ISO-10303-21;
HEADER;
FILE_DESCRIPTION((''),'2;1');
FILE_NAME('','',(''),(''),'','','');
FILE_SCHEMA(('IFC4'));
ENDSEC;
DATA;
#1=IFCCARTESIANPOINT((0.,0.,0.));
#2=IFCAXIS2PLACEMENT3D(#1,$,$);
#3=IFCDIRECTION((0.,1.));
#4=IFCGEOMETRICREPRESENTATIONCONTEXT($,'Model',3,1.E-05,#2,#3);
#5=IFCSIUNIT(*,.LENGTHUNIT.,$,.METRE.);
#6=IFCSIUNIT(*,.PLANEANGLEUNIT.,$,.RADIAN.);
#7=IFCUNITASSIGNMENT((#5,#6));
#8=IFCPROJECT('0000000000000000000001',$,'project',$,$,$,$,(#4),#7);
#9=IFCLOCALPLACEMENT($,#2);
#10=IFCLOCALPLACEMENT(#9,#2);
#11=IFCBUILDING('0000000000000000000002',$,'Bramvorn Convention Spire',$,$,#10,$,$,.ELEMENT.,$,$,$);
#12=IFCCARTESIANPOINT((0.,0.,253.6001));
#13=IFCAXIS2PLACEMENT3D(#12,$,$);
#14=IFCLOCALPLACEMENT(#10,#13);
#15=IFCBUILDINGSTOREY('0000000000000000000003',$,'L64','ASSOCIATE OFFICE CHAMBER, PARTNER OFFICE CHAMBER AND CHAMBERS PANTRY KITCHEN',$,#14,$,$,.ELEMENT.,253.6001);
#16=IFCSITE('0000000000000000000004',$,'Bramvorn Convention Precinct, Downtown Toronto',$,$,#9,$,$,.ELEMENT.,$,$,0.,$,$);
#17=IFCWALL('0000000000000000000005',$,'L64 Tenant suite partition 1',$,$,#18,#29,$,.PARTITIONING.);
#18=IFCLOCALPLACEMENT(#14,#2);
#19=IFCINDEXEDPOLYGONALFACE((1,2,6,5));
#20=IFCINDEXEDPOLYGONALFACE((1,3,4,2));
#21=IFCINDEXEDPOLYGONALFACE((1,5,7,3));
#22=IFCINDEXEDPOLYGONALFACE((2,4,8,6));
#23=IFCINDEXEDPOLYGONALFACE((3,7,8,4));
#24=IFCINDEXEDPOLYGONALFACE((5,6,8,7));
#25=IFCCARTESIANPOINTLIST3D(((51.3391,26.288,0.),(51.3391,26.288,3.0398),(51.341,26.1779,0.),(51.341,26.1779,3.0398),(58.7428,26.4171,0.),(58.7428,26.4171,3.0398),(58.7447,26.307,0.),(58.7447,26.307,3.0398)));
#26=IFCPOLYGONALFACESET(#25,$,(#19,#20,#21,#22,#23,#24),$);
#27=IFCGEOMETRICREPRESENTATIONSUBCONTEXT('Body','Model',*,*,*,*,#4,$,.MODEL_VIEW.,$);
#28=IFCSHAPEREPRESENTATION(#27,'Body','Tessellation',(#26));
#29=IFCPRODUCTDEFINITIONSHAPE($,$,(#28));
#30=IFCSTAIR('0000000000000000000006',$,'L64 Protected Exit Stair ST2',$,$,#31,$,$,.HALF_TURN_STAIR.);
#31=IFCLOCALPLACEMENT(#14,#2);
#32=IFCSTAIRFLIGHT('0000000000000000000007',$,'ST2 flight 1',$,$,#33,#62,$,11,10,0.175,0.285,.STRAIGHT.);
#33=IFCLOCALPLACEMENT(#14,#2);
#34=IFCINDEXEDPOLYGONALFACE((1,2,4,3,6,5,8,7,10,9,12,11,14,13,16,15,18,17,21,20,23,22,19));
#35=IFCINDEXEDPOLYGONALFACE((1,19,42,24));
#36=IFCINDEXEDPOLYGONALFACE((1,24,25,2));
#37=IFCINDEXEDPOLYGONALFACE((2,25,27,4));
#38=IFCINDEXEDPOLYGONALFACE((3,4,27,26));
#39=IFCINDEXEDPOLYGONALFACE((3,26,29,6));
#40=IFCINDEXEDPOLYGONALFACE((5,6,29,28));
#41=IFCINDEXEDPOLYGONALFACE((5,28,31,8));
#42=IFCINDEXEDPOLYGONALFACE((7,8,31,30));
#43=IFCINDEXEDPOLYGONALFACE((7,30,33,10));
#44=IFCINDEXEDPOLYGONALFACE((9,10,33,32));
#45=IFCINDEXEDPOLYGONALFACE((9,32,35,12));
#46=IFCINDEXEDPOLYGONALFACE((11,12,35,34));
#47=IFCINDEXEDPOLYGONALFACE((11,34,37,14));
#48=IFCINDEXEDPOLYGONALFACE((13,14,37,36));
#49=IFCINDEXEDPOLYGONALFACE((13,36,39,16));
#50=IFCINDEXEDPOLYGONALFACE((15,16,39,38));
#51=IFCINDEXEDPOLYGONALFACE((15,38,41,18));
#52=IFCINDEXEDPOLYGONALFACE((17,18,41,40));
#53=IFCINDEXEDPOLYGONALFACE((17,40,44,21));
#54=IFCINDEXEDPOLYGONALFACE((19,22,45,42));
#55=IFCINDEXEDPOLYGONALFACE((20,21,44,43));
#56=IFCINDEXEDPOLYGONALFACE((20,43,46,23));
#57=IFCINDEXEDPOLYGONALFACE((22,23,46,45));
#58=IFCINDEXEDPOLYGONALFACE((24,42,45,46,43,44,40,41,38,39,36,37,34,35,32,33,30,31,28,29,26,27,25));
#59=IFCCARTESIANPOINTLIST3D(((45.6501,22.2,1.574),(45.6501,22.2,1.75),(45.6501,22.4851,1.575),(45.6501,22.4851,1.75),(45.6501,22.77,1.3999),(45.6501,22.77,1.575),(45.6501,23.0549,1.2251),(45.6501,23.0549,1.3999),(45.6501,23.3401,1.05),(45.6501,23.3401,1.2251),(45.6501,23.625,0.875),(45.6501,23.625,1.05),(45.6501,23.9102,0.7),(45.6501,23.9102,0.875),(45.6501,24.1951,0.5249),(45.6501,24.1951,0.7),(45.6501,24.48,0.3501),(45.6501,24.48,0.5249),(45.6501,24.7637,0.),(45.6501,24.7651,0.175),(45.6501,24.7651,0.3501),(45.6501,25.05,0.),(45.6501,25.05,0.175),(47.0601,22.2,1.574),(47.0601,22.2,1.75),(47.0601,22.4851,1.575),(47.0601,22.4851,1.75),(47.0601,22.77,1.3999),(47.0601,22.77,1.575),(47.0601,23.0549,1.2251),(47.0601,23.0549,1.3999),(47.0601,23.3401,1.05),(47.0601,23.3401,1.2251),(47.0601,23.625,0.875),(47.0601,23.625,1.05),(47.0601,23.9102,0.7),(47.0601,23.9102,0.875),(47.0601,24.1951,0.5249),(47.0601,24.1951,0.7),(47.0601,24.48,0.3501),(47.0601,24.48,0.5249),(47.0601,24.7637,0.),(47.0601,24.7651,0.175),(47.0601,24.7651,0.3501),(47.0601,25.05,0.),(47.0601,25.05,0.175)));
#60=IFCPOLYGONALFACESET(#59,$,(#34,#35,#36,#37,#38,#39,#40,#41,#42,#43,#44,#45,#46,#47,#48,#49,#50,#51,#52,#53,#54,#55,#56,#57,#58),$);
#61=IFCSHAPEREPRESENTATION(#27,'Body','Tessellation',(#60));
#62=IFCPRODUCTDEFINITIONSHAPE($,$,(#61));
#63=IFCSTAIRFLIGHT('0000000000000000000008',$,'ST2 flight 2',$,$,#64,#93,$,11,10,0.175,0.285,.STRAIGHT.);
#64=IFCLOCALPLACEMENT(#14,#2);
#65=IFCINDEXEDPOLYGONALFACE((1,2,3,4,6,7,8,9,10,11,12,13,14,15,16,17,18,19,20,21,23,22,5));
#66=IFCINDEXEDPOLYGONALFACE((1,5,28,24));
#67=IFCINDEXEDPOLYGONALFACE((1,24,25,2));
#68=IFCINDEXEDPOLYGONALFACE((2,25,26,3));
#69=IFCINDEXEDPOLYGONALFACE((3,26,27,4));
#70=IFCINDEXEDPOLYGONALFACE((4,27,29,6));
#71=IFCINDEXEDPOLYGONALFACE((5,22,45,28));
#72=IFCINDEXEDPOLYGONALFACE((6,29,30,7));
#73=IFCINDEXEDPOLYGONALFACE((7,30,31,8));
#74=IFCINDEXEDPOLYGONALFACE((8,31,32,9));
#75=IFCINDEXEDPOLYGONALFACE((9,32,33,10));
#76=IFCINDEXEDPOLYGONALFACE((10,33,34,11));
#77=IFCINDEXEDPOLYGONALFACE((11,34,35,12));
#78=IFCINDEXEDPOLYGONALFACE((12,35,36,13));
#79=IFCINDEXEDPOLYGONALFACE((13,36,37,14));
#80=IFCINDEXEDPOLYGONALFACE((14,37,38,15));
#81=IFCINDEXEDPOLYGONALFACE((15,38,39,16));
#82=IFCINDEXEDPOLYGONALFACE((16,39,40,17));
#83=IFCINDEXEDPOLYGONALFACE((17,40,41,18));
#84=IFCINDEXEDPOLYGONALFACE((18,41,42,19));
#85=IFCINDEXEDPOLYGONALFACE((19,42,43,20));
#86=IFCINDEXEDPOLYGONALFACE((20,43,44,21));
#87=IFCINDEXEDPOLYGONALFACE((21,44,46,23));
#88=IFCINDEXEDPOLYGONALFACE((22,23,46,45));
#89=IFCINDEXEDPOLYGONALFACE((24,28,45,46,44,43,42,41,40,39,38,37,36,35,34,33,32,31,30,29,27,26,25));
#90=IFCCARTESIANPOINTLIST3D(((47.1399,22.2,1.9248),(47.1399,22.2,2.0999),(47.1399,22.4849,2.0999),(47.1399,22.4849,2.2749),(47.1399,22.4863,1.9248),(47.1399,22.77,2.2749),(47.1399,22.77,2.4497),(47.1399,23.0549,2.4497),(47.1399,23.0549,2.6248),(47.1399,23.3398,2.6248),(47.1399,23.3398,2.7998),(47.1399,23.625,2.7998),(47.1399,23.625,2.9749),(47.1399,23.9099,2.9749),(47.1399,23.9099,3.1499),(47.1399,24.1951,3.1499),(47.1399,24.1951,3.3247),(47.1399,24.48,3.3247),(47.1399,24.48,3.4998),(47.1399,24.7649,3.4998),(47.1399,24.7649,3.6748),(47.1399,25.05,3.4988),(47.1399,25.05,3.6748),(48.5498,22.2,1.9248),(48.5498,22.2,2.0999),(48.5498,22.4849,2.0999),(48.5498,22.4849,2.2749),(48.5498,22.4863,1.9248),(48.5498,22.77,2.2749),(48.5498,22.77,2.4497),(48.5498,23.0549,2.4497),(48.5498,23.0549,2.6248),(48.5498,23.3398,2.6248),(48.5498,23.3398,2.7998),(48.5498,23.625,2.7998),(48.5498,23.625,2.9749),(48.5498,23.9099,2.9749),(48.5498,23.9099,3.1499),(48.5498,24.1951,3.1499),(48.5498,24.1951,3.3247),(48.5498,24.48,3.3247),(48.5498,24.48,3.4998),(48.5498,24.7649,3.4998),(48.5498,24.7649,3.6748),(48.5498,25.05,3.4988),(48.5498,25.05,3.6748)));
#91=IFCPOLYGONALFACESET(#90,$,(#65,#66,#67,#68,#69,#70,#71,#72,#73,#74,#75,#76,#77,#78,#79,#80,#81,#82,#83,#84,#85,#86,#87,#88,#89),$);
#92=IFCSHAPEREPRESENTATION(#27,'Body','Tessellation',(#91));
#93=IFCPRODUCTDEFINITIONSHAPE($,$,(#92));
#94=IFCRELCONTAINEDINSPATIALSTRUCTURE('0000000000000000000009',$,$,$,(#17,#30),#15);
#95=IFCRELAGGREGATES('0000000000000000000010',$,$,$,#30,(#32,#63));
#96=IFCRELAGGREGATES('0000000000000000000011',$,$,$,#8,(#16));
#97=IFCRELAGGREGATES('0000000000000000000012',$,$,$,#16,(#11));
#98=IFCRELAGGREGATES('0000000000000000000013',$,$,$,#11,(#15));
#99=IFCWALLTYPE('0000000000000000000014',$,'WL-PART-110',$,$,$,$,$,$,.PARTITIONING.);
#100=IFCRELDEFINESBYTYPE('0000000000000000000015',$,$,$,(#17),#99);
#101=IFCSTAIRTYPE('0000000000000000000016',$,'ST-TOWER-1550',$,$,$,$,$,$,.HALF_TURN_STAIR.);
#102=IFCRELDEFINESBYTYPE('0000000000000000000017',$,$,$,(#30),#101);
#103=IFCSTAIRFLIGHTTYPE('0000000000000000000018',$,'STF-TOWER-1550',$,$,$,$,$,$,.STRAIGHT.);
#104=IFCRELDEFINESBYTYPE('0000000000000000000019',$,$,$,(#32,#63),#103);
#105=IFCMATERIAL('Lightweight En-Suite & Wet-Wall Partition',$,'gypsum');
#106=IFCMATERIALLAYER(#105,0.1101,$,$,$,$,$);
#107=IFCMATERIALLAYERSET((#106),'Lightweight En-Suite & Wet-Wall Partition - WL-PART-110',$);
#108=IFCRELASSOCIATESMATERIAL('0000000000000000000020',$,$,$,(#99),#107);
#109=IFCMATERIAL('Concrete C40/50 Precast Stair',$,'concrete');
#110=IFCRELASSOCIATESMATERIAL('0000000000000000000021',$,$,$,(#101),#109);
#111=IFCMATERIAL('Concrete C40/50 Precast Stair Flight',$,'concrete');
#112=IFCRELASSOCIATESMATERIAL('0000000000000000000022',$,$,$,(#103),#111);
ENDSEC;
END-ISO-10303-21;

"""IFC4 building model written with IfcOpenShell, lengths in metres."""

from ifc_helpers import new_model, si_unit, direction, frame, frame_2d, origin, place, context, subcontext, project, spatial, polyline, rectangle, outline, extrude, material, layer, layer_set, type_object, element, aggregate, save


model = new_model("IFC4")

# Units and contexts
model_context = context("Model", 3, precision=1e-05, world=origin(), true_north=direction((0.0, 1.0)))
body_context = subcontext(model_context, "Body", "Model", "MODEL_VIEW")
ifc_project = project(units=[si_unit("LENGTHUNIT", "METRE"), si_unit("PLANEANGLEUNIT", "RADIAN")], contexts=[model_context])

# Site, building, storey
site_placement = place(None, origin())
site = spatial("IfcSite", under=ifc_project, at=site_placement, Name="Bramvorn Convention Precinct, Downtown Toronto", CompositionType="ELEMENT", RefElevation=0.0)
building_placement = place(site_placement, origin())
building = spatial("IfcBuilding", under=site, at=building_placement, Name="Bramvorn Convention Spire", CompositionType="ELEMENT")
storey_placement = place(building_placement, frame((0.0, 0.0, 253.6001)))
storey = spatial("IfcBuildingStorey", under=building, at=storey_placement, Name="L64", Description="ASSOCIATE OFFICE CHAMBER, PARTNER OFFICE CHAMBER AND CHAMBERS PANTRY KITCHEN", CompositionType="ELEMENT", Elevation=253.6001)

# Wall
ifc_material_1 = material(Name="Lightweight En-Suite & Wet-Wall Partition", Category="gypsum")
ifc_layer_1 = layer(ifc_material_1, 0.1101)
ifc_layer_set_1 = layer_set([ifc_layer_1], Name="Lightweight En-Suite & Wet-Wall Partition - WL-PART-110")
wall_type_1 = type_object("IfcWallType", Name="WL-PART-110", PredefinedType="PARTITIONING", material=ifc_layer_set_1)
wall_1_placement = place(storey_placement, frame((51.3401, 26.2329, 0.0), z_axis=(0.0, 0.0, 1.0), x_axis=(0.999848, 0.017442, 0.0)))
element("IfcWall", 1, at=wall_1_placement, inside=storey, type_object=wall_type_1, Name="L64 Tenant suite partition 1", PredefinedType="PARTITIONING", context=body_context, shape_type="SweptSolid", body=[
    extrude(rectangle(XDim=7.4048, YDim=0.1101, at=frame_2d((3.7024, 0.0))), origin(), (0.0, 0.0, 1.0), 3.0398),
])

# Stair, stair flights
ifc_material_2 = material(Name="Concrete C40/50 Precast Stair", Category="concrete")
stair_type = type_object("IfcStairType", Name="ST-TOWER-1550", PredefinedType="HALF_TURN_STAIR", material=ifc_material_2)
stair_placement = place(storey_placement, origin())
stair = element("IfcStair", 2, at=stair_placement, inside=storey, type_object=stair_type, Name="L64 Protected Exit Stair ST2", PredefinedType="HALF_TURN_STAIR")
ifc_material_3 = material(Name="Concrete C40/50 Precast Stair Flight", Category="concrete")
stair_flight_type = type_object("IfcStairFlightType", Name="STF-TOWER-1550", PredefinedType="STRAIGHT", material=ifc_material_3)
stair_flight_1_placement = place(storey_placement, frame((46.355, 25.05, 0.0), z_axis=(0.0, 0.0, 1.0), x_axis=(0.0, -1.0, 0.0)))
stair_flight_1 = element("IfcStairFlight", 3, at=stair_flight_1_placement, type_object=stair_flight_type, Name="ST2 flight 1", NumberOfRisers=11, NumberOfTreads=10, PredefinedType="STRAIGHT", RiserHeight=0.175, TreadLength=0.285, context=body_context, shape_type="SweptSolid", body=[
    extrude(outline(polyline([(0.0, 0.0), (0.0, 0.175), (0.2849, 0.175), (0.2849, 0.3501), (0.5701, 0.3501), (0.5701, 0.5249), (0.855, 0.5249), (0.855, 0.7), (1.1399, 0.7), (1.1399, 0.875), (1.425, 0.875), (1.425, 1.05), (1.71, 1.05), (1.71, 1.2251), (1.9951, 1.2251), (1.9951, 1.3999), (2.28, 1.3999), (2.28, 1.575), (2.5649, 1.575), (2.5649, 1.75), (2.8501, 1.75), (2.8501, 1.925), (2.8501, 1.574), (0.2864, 0.0), (0.0, 0.0)])), frame((0.0, 0.7051, 0.0), z_axis=(0.0, -1.0, 0.0), x_axis=(1.0, 0.0, 0.0)), (0.0, 0.0, 1.0), 1.4099),
])
stair_flight_2_placement = place(storey_placement, frame((47.845, 22.2, 1.9248), z_axis=(0.0, 0.0, 1.0), x_axis=(0.0, 1.0, 0.0)))
stair_flight_2 = element("IfcStairFlight", 4, at=stair_flight_2_placement, type_object=stair_flight_type, Name="ST2 flight 2", NumberOfRisers=11, NumberOfTreads=10, PredefinedType="STRAIGHT", RiserHeight=0.175, TreadLength=0.285, context=body_context, shape_type="SweptSolid", body=[
    extrude(outline(polyline([(0.0, 0.0), (0.0, 0.175), (0.2849, 0.175), (0.2849, 0.3501), (0.5701, 0.3501), (0.5701, 0.5249), (0.855, 0.5249), (0.855, 0.7), (1.1399, 0.7), (1.1399, 0.875), (1.425, 0.875), (1.425, 1.05), (1.71, 1.05), (1.71, 1.2251), (1.9951, 1.2251), (1.9951, 1.3999), (2.28, 1.3999), (2.28, 1.575), (2.5649, 1.575), (2.5649, 1.75), (2.8501, 1.75), (2.8501, 1.925), (2.8501, 1.574), (0.2864, 0.0), (0.0, 0.0)])), frame((0.0, 0.7051, 0.0), z_axis=(0.0, -1.0, 0.0), x_axis=(1.0, 0.0, 0.0)), (0.0, 0.0, 1.0), 1.4099),
])
aggregate(stair, [stair_flight_1, stair_flight_2])

save(model, "model.ifc")
